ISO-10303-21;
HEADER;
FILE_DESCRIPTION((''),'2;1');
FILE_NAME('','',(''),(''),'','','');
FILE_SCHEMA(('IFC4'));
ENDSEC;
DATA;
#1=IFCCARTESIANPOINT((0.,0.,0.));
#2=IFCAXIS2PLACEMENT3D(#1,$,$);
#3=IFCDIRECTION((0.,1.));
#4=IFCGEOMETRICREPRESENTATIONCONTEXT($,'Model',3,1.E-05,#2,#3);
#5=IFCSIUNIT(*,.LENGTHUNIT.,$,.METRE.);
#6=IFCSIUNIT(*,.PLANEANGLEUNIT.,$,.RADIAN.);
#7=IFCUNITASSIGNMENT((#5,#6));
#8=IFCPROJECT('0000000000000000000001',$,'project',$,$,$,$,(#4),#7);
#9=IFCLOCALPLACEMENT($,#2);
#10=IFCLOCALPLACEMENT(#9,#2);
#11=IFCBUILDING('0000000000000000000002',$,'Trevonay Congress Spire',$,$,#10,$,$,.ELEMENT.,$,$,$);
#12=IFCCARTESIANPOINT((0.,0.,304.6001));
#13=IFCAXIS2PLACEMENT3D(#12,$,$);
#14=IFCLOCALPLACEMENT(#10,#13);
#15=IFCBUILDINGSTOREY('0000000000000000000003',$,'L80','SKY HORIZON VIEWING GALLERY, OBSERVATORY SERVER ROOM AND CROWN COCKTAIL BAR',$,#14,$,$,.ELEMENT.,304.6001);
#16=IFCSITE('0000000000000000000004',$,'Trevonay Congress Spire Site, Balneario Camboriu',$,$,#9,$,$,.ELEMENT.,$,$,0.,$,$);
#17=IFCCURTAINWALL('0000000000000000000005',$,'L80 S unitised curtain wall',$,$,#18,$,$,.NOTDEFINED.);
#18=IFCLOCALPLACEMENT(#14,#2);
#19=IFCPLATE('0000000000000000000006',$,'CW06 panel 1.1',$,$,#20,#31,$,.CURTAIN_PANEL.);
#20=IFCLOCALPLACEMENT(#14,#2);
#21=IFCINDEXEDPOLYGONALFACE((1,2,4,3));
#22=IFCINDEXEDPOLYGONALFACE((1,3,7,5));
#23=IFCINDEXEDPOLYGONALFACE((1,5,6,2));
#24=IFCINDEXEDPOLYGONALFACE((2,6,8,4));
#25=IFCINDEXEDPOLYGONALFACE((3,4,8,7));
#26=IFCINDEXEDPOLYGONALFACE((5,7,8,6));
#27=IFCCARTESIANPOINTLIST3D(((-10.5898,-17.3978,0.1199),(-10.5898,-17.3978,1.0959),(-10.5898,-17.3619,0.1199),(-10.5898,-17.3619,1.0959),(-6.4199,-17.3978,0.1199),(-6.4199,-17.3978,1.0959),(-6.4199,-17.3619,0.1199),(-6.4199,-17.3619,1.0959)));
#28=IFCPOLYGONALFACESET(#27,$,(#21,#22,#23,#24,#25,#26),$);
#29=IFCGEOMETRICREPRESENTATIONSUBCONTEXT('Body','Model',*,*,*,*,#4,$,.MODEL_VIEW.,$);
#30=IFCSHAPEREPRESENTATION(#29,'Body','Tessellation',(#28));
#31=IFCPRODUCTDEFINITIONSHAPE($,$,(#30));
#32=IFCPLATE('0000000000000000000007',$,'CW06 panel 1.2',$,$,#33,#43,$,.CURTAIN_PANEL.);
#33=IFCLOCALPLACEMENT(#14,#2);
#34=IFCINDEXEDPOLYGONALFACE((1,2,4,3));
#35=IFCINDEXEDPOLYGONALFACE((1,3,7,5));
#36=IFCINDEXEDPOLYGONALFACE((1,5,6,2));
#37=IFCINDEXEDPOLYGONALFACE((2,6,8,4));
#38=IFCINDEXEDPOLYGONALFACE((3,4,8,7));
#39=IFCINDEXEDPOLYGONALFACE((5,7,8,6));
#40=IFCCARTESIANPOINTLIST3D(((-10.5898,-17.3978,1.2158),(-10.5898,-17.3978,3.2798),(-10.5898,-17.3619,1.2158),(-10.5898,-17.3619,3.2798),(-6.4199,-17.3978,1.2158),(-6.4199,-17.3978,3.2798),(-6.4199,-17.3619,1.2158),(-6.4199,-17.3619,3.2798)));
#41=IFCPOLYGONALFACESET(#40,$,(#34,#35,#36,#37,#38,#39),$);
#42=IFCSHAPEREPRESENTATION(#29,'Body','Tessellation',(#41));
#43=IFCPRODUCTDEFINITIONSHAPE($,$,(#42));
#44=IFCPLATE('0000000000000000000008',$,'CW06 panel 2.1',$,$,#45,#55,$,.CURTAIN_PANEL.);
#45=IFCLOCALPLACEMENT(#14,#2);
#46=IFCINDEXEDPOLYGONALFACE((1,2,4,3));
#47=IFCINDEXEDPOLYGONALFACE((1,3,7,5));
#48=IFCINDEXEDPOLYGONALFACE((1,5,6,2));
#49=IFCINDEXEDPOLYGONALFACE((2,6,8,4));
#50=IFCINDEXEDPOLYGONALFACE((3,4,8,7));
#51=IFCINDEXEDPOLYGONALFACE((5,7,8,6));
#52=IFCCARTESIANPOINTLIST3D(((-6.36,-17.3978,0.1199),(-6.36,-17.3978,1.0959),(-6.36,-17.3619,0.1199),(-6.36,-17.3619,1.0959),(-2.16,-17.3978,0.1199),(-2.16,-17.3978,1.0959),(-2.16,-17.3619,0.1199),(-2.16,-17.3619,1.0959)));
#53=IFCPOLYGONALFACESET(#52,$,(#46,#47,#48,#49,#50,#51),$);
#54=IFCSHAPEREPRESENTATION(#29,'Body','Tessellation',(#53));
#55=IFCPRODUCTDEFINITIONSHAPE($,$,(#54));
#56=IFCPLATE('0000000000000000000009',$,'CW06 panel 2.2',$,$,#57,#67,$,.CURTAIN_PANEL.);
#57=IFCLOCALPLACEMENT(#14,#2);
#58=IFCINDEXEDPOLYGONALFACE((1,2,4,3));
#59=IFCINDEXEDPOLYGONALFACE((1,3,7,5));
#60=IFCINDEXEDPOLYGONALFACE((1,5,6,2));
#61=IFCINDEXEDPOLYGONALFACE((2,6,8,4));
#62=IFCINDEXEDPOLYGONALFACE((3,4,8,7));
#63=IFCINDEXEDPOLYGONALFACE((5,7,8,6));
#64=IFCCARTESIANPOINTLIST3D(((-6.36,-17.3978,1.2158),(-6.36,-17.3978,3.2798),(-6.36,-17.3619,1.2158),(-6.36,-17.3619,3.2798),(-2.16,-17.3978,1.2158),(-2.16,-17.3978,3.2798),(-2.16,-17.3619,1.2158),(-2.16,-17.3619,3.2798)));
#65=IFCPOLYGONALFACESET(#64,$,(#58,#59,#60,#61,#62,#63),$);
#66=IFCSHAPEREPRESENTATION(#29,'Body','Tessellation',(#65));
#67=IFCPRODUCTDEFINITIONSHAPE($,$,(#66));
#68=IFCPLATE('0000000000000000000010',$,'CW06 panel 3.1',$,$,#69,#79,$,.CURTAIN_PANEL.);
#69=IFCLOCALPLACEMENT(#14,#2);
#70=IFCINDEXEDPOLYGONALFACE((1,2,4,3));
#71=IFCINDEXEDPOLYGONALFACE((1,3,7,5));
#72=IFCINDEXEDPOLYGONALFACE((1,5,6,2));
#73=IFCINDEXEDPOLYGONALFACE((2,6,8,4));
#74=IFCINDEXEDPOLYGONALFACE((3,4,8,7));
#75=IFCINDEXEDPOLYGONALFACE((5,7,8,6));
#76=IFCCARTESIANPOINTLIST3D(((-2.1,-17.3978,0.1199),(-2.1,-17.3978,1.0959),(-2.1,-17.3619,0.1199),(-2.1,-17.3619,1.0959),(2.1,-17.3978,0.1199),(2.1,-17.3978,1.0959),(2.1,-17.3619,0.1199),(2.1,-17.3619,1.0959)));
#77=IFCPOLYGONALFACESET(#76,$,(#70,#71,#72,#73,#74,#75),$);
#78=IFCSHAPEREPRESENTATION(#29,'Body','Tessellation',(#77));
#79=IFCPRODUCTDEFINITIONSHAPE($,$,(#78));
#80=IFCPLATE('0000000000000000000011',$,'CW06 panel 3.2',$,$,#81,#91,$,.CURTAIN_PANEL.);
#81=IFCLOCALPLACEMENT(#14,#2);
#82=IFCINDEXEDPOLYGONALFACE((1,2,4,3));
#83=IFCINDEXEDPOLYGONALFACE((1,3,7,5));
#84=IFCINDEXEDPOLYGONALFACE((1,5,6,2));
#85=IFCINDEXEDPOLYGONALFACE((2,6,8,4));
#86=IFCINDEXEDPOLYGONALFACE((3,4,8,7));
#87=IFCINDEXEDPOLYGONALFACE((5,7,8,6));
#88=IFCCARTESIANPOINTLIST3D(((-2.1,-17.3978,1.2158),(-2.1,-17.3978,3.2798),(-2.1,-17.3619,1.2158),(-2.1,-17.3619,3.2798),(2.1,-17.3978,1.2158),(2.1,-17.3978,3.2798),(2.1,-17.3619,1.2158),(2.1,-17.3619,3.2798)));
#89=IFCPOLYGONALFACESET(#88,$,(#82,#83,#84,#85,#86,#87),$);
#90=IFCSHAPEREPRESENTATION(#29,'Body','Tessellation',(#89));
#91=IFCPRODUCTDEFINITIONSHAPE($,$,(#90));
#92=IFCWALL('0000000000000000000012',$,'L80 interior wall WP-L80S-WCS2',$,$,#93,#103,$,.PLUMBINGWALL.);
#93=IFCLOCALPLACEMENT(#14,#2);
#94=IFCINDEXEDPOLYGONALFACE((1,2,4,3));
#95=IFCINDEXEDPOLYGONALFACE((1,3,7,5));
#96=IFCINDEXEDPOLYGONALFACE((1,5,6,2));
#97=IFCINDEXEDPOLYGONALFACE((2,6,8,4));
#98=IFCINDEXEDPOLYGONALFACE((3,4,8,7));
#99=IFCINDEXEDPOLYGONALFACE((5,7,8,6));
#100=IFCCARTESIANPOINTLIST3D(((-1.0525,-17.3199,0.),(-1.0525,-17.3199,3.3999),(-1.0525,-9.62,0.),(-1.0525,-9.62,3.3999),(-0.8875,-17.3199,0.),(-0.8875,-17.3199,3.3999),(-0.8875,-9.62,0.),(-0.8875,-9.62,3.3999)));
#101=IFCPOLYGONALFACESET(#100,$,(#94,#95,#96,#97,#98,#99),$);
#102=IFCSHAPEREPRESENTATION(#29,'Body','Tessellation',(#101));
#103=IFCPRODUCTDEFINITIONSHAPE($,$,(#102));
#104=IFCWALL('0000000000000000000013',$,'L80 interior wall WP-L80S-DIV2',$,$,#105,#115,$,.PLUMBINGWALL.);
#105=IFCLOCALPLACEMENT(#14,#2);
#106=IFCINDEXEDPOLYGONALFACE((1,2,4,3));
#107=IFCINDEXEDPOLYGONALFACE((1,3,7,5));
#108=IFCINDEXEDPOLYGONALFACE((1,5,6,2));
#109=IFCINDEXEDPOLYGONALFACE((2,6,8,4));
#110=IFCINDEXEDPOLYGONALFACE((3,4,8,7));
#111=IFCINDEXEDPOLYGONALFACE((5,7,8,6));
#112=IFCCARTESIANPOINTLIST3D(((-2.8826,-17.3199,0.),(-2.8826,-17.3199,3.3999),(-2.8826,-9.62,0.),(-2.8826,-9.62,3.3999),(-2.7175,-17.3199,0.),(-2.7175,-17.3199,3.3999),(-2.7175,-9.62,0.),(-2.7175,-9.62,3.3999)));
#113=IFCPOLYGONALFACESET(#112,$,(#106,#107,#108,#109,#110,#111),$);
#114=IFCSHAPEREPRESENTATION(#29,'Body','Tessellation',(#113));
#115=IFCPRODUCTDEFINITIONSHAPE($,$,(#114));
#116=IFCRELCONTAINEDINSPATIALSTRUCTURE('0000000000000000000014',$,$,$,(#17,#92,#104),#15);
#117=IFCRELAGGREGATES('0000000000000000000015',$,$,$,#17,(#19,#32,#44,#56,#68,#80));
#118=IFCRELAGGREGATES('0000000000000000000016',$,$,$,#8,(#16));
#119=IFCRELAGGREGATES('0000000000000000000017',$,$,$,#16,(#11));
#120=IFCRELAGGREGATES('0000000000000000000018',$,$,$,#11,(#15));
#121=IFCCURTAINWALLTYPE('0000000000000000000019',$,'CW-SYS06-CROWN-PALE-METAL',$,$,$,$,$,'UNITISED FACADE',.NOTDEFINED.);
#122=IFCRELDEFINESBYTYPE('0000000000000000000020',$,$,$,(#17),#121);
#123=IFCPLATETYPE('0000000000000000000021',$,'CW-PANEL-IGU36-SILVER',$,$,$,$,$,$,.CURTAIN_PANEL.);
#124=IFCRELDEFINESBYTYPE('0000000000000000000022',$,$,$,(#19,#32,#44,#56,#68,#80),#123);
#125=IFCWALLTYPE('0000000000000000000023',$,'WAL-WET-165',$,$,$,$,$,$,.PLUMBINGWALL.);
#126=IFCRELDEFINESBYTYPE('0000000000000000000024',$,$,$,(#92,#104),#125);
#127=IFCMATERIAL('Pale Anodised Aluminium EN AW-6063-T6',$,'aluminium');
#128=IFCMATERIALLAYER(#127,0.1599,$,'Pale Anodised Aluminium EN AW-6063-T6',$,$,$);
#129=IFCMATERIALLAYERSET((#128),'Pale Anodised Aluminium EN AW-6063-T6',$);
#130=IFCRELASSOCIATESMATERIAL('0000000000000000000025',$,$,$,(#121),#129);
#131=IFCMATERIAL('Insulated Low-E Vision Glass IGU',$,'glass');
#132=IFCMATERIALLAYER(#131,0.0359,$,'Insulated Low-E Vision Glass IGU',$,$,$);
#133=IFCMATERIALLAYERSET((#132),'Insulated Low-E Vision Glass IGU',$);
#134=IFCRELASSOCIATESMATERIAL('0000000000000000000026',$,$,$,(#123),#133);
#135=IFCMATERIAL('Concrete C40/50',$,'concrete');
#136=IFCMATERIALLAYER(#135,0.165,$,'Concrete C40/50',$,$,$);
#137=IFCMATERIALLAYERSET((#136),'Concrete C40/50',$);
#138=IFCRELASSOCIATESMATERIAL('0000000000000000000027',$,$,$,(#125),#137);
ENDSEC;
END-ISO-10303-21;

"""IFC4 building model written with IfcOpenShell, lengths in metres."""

from ifc_helpers import new_model, si_unit, direction, frame, frame_2d, origin, origin_2d, place, context, subcontext, project, spatial, rectangle, extrude, material, layer, layer_set, type_object, element, aggregate, save


model = new_model("IFC4")

# Units and contexts
model_context = context("Model", 3, precision=1e-05, world=origin(), true_north=direction((0.0, 1.0)))
body_context = subcontext(model_context, "Body", "Model", "MODEL_VIEW")
ifc_project = project(units=[si_unit("LENGTHUNIT", "METRE"), si_unit("PLANEANGLEUNIT", "RADIAN")], contexts=[model_context])

# Site, building, storey
site_placement = place(None, origin())
site = spatial("IfcSite", under=ifc_project, at=site_placement, Name="Trevonay Congress Spire Site, Balneario Camboriu", CompositionType="ELEMENT", RefElevation=0.0)
building_placement = place(site_placement, origin())
building = spatial("IfcBuilding", under=site, at=building_placement, Name="Trevonay Congress Spire", CompositionType="ELEMENT")
storey_placement = place(building_placement, frame((0.0, 0.0, 304.6001)))
storey = spatial("IfcBuildingStorey", under=building, at=storey_placement, Name="L80", Description="SKY HORIZON VIEWING GALLERY, OBSERVATORY SERVER ROOM AND CROWN COCKTAIL BAR", CompositionType="ELEMENT", Elevation=304.6001)

# Curtain wall, plates
ifc_material_1 = material(Name="Pale Anodised Aluminium EN AW-6063-T6", Category="aluminium")
ifc_layer_1 = layer(ifc_material_1, 0.1599, Name="Pale Anodised Aluminium EN AW-6063-T6")
ifc_layer_set_1 = layer_set([ifc_layer_1], Name="Pale Anodised Aluminium EN AW-6063-T6")
curtain_wall_type = type_object("IfcCurtainWallType", Name="CW-SYS06-CROWN-PALE-METAL", ElementType="UNITISED FACADE", PredefinedType="NOTDEFINED", material=ifc_layer_set_1)
curtain_wall_placement = place(storey_placement, origin())
curtain_wall = element("IfcCurtainWall", 1, at=curtain_wall_placement, inside=storey, type_object=curtain_wall_type, Name="L80 S unitised curtain wall", PredefinedType="NOTDEFINED")
ifc_material_2 = material(Name="Insulated Low-E Vision Glass IGU", Category="glass")
ifc_layer_2 = layer(ifc_material_2, 0.0359, Name="Insulated Low-E Vision Glass IGU")
ifc_layer_set_2 = layer_set([ifc_layer_2], Name="Insulated Low-E Vision Glass IGU")
plate_type = type_object("IfcPlateType", Name="CW-PANEL-IGU36-SILVER", PredefinedType="CURTAIN_PANEL", material=ifc_layer_set_2)
plate_1_placement = place(storey_placement, frame((-8.5049, -17.3799, 0.1199), z_axis=(0.0, 0.0, 1.0), x_axis=(1.0, 0.0, 0.0)))
plate_1 = element("IfcPlate", 2, at=plate_1_placement, type_object=plate_type, Name="CW06 panel 1.1", PredefinedType="CURTAIN_PANEL", context=body_context, shape_type="SweptSolid", body=[
    extrude(rectangle(XDim=4.1699, YDim=0.0359, at=origin_2d()), origin(), (0.0, 0.0, 1.0), 0.9761),
])
plate_2_placement = place(storey_placement, frame((-8.5049, -17.3799, 1.2158), z_axis=(0.0, 0.0, 1.0), x_axis=(1.0, 0.0, 0.0)))
plate_2 = element("IfcPlate", 3, at=plate_2_placement, type_object=plate_type, Name="CW06 panel 1.2", PredefinedType="CURTAIN_PANEL", context=body_context, shape_type="SweptSolid", body=[
    extrude(rectangle(XDim=4.1699, YDim=0.0359, at=origin_2d()), origin(), (0.0, 0.0, 1.0), 2.064),
])
plate_3_placement = place(storey_placement, frame((-4.26, -17.3799, 0.1199), z_axis=(0.0, 0.0, 1.0), x_axis=(1.0, 0.0, 0.0)))
plate_3 = element("IfcPlate", 4, at=plate_3_placement, type_object=plate_type, Name="CW06 panel 2.1", PredefinedType="CURTAIN_PANEL", context=body_context, shape_type="SweptSolid", body=[
    extrude(rectangle(XDim=4.2, YDim=0.0359, at=origin_2d()), origin(), (0.0, 0.0, 1.0), 0.9761),
])
plate_4_placement = place(storey_placement, frame((-4.26, -17.3799, 1.2158), z_axis=(0.0, 0.0, 1.0), x_axis=(1.0, 0.0, 0.0)))
plate_4 = element("IfcPlate", 5, at=plate_4_placement, type_object=plate_type, Name="CW06 panel 2.2", PredefinedType="CURTAIN_PANEL", context=body_context, shape_type="SweptSolid", body=[
    extrude(rectangle(XDim=4.2, YDim=0.0359, at=origin_2d()), origin(), (0.0, 0.0, 1.0), 2.064),
])
plate_5_placement = place(storey_placement, frame((0.0, -17.3799, 0.1199), z_axis=(0.0, 0.0, 1.0), x_axis=(1.0, 0.0, 0.0)))
plate_5 = element("IfcPlate", 6, at=plate_5_placement, type_object=plate_type, Name="CW06 panel 3.1", PredefinedType="CURTAIN_PANEL", context=body_context, shape_type="SweptSolid", body=[
    extrude(rectangle(XDim=4.2, YDim=0.0359, at=origin_2d()), origin(), (0.0, 0.0, 1.0), 0.9761),
])
plate_6_placement = place(storey_placement, frame((0.0, -17.3799, 1.2158), z_axis=(0.0, 0.0, 1.0), x_axis=(1.0, 0.0, 0.0)))
plate_6 = element("IfcPlate", 7, at=plate_6_placement, type_object=plate_type, Name="CW06 panel 3.2", PredefinedType="CURTAIN_PANEL", context=body_context, shape_type="SweptSolid", body=[
    extrude(rectangle(XDim=4.2, YDim=0.0359, at=origin_2d()), origin(), (0.0, 0.0, 1.0), 2.064),
])
aggregate(curtain_wall, [plate_1, plate_2, plate_3, plate_4, plate_5, plate_6])

# Walls
ifc_material_3 = material(Name="Concrete C40/50", Category="concrete")
ifc_layer_3 = layer(ifc_material_3, 0.165, Name="Concrete C40/50")
ifc_layer_set_3 = layer_set([ifc_layer_3], Name="Concrete C40/50")
wall_type = type_object("IfcWallType", Name="WAL-WET-165", PredefinedType="PLUMBINGWALL", material=ifc_layer_set_3)
for number, where, z_axis, x_axis, name in (
    (8, (-0.97, -17.3201, 0.0), (0.0, 0.0, 1.0), (0.0, 1.0, 0.0), "L80 interior wall WP-L80S-WCS2"),
    (9, (-2.8, -17.3201, 0.0), (0.0, 0.0, 1.0), (0.0, 1.0, 0.0), "L80 interior wall WP-L80S-DIV2"),
):
    element("IfcWall", number, at=place(storey_placement, frame(where, z_axis=z_axis, x_axis=x_axis)), inside=storey, type_object=wall_type, Name=name, PredefinedType="PLUMBINGWALL", context=body_context, shape_type="SweptSolid", body=[
        extrude(rectangle(XDim=7.7, YDim=0.165, at=frame_2d((3.8501, 0.0))), origin(), (0.0, 0.0, 1.0), 3.3999),
    ])

save(model, "model.ifc")
